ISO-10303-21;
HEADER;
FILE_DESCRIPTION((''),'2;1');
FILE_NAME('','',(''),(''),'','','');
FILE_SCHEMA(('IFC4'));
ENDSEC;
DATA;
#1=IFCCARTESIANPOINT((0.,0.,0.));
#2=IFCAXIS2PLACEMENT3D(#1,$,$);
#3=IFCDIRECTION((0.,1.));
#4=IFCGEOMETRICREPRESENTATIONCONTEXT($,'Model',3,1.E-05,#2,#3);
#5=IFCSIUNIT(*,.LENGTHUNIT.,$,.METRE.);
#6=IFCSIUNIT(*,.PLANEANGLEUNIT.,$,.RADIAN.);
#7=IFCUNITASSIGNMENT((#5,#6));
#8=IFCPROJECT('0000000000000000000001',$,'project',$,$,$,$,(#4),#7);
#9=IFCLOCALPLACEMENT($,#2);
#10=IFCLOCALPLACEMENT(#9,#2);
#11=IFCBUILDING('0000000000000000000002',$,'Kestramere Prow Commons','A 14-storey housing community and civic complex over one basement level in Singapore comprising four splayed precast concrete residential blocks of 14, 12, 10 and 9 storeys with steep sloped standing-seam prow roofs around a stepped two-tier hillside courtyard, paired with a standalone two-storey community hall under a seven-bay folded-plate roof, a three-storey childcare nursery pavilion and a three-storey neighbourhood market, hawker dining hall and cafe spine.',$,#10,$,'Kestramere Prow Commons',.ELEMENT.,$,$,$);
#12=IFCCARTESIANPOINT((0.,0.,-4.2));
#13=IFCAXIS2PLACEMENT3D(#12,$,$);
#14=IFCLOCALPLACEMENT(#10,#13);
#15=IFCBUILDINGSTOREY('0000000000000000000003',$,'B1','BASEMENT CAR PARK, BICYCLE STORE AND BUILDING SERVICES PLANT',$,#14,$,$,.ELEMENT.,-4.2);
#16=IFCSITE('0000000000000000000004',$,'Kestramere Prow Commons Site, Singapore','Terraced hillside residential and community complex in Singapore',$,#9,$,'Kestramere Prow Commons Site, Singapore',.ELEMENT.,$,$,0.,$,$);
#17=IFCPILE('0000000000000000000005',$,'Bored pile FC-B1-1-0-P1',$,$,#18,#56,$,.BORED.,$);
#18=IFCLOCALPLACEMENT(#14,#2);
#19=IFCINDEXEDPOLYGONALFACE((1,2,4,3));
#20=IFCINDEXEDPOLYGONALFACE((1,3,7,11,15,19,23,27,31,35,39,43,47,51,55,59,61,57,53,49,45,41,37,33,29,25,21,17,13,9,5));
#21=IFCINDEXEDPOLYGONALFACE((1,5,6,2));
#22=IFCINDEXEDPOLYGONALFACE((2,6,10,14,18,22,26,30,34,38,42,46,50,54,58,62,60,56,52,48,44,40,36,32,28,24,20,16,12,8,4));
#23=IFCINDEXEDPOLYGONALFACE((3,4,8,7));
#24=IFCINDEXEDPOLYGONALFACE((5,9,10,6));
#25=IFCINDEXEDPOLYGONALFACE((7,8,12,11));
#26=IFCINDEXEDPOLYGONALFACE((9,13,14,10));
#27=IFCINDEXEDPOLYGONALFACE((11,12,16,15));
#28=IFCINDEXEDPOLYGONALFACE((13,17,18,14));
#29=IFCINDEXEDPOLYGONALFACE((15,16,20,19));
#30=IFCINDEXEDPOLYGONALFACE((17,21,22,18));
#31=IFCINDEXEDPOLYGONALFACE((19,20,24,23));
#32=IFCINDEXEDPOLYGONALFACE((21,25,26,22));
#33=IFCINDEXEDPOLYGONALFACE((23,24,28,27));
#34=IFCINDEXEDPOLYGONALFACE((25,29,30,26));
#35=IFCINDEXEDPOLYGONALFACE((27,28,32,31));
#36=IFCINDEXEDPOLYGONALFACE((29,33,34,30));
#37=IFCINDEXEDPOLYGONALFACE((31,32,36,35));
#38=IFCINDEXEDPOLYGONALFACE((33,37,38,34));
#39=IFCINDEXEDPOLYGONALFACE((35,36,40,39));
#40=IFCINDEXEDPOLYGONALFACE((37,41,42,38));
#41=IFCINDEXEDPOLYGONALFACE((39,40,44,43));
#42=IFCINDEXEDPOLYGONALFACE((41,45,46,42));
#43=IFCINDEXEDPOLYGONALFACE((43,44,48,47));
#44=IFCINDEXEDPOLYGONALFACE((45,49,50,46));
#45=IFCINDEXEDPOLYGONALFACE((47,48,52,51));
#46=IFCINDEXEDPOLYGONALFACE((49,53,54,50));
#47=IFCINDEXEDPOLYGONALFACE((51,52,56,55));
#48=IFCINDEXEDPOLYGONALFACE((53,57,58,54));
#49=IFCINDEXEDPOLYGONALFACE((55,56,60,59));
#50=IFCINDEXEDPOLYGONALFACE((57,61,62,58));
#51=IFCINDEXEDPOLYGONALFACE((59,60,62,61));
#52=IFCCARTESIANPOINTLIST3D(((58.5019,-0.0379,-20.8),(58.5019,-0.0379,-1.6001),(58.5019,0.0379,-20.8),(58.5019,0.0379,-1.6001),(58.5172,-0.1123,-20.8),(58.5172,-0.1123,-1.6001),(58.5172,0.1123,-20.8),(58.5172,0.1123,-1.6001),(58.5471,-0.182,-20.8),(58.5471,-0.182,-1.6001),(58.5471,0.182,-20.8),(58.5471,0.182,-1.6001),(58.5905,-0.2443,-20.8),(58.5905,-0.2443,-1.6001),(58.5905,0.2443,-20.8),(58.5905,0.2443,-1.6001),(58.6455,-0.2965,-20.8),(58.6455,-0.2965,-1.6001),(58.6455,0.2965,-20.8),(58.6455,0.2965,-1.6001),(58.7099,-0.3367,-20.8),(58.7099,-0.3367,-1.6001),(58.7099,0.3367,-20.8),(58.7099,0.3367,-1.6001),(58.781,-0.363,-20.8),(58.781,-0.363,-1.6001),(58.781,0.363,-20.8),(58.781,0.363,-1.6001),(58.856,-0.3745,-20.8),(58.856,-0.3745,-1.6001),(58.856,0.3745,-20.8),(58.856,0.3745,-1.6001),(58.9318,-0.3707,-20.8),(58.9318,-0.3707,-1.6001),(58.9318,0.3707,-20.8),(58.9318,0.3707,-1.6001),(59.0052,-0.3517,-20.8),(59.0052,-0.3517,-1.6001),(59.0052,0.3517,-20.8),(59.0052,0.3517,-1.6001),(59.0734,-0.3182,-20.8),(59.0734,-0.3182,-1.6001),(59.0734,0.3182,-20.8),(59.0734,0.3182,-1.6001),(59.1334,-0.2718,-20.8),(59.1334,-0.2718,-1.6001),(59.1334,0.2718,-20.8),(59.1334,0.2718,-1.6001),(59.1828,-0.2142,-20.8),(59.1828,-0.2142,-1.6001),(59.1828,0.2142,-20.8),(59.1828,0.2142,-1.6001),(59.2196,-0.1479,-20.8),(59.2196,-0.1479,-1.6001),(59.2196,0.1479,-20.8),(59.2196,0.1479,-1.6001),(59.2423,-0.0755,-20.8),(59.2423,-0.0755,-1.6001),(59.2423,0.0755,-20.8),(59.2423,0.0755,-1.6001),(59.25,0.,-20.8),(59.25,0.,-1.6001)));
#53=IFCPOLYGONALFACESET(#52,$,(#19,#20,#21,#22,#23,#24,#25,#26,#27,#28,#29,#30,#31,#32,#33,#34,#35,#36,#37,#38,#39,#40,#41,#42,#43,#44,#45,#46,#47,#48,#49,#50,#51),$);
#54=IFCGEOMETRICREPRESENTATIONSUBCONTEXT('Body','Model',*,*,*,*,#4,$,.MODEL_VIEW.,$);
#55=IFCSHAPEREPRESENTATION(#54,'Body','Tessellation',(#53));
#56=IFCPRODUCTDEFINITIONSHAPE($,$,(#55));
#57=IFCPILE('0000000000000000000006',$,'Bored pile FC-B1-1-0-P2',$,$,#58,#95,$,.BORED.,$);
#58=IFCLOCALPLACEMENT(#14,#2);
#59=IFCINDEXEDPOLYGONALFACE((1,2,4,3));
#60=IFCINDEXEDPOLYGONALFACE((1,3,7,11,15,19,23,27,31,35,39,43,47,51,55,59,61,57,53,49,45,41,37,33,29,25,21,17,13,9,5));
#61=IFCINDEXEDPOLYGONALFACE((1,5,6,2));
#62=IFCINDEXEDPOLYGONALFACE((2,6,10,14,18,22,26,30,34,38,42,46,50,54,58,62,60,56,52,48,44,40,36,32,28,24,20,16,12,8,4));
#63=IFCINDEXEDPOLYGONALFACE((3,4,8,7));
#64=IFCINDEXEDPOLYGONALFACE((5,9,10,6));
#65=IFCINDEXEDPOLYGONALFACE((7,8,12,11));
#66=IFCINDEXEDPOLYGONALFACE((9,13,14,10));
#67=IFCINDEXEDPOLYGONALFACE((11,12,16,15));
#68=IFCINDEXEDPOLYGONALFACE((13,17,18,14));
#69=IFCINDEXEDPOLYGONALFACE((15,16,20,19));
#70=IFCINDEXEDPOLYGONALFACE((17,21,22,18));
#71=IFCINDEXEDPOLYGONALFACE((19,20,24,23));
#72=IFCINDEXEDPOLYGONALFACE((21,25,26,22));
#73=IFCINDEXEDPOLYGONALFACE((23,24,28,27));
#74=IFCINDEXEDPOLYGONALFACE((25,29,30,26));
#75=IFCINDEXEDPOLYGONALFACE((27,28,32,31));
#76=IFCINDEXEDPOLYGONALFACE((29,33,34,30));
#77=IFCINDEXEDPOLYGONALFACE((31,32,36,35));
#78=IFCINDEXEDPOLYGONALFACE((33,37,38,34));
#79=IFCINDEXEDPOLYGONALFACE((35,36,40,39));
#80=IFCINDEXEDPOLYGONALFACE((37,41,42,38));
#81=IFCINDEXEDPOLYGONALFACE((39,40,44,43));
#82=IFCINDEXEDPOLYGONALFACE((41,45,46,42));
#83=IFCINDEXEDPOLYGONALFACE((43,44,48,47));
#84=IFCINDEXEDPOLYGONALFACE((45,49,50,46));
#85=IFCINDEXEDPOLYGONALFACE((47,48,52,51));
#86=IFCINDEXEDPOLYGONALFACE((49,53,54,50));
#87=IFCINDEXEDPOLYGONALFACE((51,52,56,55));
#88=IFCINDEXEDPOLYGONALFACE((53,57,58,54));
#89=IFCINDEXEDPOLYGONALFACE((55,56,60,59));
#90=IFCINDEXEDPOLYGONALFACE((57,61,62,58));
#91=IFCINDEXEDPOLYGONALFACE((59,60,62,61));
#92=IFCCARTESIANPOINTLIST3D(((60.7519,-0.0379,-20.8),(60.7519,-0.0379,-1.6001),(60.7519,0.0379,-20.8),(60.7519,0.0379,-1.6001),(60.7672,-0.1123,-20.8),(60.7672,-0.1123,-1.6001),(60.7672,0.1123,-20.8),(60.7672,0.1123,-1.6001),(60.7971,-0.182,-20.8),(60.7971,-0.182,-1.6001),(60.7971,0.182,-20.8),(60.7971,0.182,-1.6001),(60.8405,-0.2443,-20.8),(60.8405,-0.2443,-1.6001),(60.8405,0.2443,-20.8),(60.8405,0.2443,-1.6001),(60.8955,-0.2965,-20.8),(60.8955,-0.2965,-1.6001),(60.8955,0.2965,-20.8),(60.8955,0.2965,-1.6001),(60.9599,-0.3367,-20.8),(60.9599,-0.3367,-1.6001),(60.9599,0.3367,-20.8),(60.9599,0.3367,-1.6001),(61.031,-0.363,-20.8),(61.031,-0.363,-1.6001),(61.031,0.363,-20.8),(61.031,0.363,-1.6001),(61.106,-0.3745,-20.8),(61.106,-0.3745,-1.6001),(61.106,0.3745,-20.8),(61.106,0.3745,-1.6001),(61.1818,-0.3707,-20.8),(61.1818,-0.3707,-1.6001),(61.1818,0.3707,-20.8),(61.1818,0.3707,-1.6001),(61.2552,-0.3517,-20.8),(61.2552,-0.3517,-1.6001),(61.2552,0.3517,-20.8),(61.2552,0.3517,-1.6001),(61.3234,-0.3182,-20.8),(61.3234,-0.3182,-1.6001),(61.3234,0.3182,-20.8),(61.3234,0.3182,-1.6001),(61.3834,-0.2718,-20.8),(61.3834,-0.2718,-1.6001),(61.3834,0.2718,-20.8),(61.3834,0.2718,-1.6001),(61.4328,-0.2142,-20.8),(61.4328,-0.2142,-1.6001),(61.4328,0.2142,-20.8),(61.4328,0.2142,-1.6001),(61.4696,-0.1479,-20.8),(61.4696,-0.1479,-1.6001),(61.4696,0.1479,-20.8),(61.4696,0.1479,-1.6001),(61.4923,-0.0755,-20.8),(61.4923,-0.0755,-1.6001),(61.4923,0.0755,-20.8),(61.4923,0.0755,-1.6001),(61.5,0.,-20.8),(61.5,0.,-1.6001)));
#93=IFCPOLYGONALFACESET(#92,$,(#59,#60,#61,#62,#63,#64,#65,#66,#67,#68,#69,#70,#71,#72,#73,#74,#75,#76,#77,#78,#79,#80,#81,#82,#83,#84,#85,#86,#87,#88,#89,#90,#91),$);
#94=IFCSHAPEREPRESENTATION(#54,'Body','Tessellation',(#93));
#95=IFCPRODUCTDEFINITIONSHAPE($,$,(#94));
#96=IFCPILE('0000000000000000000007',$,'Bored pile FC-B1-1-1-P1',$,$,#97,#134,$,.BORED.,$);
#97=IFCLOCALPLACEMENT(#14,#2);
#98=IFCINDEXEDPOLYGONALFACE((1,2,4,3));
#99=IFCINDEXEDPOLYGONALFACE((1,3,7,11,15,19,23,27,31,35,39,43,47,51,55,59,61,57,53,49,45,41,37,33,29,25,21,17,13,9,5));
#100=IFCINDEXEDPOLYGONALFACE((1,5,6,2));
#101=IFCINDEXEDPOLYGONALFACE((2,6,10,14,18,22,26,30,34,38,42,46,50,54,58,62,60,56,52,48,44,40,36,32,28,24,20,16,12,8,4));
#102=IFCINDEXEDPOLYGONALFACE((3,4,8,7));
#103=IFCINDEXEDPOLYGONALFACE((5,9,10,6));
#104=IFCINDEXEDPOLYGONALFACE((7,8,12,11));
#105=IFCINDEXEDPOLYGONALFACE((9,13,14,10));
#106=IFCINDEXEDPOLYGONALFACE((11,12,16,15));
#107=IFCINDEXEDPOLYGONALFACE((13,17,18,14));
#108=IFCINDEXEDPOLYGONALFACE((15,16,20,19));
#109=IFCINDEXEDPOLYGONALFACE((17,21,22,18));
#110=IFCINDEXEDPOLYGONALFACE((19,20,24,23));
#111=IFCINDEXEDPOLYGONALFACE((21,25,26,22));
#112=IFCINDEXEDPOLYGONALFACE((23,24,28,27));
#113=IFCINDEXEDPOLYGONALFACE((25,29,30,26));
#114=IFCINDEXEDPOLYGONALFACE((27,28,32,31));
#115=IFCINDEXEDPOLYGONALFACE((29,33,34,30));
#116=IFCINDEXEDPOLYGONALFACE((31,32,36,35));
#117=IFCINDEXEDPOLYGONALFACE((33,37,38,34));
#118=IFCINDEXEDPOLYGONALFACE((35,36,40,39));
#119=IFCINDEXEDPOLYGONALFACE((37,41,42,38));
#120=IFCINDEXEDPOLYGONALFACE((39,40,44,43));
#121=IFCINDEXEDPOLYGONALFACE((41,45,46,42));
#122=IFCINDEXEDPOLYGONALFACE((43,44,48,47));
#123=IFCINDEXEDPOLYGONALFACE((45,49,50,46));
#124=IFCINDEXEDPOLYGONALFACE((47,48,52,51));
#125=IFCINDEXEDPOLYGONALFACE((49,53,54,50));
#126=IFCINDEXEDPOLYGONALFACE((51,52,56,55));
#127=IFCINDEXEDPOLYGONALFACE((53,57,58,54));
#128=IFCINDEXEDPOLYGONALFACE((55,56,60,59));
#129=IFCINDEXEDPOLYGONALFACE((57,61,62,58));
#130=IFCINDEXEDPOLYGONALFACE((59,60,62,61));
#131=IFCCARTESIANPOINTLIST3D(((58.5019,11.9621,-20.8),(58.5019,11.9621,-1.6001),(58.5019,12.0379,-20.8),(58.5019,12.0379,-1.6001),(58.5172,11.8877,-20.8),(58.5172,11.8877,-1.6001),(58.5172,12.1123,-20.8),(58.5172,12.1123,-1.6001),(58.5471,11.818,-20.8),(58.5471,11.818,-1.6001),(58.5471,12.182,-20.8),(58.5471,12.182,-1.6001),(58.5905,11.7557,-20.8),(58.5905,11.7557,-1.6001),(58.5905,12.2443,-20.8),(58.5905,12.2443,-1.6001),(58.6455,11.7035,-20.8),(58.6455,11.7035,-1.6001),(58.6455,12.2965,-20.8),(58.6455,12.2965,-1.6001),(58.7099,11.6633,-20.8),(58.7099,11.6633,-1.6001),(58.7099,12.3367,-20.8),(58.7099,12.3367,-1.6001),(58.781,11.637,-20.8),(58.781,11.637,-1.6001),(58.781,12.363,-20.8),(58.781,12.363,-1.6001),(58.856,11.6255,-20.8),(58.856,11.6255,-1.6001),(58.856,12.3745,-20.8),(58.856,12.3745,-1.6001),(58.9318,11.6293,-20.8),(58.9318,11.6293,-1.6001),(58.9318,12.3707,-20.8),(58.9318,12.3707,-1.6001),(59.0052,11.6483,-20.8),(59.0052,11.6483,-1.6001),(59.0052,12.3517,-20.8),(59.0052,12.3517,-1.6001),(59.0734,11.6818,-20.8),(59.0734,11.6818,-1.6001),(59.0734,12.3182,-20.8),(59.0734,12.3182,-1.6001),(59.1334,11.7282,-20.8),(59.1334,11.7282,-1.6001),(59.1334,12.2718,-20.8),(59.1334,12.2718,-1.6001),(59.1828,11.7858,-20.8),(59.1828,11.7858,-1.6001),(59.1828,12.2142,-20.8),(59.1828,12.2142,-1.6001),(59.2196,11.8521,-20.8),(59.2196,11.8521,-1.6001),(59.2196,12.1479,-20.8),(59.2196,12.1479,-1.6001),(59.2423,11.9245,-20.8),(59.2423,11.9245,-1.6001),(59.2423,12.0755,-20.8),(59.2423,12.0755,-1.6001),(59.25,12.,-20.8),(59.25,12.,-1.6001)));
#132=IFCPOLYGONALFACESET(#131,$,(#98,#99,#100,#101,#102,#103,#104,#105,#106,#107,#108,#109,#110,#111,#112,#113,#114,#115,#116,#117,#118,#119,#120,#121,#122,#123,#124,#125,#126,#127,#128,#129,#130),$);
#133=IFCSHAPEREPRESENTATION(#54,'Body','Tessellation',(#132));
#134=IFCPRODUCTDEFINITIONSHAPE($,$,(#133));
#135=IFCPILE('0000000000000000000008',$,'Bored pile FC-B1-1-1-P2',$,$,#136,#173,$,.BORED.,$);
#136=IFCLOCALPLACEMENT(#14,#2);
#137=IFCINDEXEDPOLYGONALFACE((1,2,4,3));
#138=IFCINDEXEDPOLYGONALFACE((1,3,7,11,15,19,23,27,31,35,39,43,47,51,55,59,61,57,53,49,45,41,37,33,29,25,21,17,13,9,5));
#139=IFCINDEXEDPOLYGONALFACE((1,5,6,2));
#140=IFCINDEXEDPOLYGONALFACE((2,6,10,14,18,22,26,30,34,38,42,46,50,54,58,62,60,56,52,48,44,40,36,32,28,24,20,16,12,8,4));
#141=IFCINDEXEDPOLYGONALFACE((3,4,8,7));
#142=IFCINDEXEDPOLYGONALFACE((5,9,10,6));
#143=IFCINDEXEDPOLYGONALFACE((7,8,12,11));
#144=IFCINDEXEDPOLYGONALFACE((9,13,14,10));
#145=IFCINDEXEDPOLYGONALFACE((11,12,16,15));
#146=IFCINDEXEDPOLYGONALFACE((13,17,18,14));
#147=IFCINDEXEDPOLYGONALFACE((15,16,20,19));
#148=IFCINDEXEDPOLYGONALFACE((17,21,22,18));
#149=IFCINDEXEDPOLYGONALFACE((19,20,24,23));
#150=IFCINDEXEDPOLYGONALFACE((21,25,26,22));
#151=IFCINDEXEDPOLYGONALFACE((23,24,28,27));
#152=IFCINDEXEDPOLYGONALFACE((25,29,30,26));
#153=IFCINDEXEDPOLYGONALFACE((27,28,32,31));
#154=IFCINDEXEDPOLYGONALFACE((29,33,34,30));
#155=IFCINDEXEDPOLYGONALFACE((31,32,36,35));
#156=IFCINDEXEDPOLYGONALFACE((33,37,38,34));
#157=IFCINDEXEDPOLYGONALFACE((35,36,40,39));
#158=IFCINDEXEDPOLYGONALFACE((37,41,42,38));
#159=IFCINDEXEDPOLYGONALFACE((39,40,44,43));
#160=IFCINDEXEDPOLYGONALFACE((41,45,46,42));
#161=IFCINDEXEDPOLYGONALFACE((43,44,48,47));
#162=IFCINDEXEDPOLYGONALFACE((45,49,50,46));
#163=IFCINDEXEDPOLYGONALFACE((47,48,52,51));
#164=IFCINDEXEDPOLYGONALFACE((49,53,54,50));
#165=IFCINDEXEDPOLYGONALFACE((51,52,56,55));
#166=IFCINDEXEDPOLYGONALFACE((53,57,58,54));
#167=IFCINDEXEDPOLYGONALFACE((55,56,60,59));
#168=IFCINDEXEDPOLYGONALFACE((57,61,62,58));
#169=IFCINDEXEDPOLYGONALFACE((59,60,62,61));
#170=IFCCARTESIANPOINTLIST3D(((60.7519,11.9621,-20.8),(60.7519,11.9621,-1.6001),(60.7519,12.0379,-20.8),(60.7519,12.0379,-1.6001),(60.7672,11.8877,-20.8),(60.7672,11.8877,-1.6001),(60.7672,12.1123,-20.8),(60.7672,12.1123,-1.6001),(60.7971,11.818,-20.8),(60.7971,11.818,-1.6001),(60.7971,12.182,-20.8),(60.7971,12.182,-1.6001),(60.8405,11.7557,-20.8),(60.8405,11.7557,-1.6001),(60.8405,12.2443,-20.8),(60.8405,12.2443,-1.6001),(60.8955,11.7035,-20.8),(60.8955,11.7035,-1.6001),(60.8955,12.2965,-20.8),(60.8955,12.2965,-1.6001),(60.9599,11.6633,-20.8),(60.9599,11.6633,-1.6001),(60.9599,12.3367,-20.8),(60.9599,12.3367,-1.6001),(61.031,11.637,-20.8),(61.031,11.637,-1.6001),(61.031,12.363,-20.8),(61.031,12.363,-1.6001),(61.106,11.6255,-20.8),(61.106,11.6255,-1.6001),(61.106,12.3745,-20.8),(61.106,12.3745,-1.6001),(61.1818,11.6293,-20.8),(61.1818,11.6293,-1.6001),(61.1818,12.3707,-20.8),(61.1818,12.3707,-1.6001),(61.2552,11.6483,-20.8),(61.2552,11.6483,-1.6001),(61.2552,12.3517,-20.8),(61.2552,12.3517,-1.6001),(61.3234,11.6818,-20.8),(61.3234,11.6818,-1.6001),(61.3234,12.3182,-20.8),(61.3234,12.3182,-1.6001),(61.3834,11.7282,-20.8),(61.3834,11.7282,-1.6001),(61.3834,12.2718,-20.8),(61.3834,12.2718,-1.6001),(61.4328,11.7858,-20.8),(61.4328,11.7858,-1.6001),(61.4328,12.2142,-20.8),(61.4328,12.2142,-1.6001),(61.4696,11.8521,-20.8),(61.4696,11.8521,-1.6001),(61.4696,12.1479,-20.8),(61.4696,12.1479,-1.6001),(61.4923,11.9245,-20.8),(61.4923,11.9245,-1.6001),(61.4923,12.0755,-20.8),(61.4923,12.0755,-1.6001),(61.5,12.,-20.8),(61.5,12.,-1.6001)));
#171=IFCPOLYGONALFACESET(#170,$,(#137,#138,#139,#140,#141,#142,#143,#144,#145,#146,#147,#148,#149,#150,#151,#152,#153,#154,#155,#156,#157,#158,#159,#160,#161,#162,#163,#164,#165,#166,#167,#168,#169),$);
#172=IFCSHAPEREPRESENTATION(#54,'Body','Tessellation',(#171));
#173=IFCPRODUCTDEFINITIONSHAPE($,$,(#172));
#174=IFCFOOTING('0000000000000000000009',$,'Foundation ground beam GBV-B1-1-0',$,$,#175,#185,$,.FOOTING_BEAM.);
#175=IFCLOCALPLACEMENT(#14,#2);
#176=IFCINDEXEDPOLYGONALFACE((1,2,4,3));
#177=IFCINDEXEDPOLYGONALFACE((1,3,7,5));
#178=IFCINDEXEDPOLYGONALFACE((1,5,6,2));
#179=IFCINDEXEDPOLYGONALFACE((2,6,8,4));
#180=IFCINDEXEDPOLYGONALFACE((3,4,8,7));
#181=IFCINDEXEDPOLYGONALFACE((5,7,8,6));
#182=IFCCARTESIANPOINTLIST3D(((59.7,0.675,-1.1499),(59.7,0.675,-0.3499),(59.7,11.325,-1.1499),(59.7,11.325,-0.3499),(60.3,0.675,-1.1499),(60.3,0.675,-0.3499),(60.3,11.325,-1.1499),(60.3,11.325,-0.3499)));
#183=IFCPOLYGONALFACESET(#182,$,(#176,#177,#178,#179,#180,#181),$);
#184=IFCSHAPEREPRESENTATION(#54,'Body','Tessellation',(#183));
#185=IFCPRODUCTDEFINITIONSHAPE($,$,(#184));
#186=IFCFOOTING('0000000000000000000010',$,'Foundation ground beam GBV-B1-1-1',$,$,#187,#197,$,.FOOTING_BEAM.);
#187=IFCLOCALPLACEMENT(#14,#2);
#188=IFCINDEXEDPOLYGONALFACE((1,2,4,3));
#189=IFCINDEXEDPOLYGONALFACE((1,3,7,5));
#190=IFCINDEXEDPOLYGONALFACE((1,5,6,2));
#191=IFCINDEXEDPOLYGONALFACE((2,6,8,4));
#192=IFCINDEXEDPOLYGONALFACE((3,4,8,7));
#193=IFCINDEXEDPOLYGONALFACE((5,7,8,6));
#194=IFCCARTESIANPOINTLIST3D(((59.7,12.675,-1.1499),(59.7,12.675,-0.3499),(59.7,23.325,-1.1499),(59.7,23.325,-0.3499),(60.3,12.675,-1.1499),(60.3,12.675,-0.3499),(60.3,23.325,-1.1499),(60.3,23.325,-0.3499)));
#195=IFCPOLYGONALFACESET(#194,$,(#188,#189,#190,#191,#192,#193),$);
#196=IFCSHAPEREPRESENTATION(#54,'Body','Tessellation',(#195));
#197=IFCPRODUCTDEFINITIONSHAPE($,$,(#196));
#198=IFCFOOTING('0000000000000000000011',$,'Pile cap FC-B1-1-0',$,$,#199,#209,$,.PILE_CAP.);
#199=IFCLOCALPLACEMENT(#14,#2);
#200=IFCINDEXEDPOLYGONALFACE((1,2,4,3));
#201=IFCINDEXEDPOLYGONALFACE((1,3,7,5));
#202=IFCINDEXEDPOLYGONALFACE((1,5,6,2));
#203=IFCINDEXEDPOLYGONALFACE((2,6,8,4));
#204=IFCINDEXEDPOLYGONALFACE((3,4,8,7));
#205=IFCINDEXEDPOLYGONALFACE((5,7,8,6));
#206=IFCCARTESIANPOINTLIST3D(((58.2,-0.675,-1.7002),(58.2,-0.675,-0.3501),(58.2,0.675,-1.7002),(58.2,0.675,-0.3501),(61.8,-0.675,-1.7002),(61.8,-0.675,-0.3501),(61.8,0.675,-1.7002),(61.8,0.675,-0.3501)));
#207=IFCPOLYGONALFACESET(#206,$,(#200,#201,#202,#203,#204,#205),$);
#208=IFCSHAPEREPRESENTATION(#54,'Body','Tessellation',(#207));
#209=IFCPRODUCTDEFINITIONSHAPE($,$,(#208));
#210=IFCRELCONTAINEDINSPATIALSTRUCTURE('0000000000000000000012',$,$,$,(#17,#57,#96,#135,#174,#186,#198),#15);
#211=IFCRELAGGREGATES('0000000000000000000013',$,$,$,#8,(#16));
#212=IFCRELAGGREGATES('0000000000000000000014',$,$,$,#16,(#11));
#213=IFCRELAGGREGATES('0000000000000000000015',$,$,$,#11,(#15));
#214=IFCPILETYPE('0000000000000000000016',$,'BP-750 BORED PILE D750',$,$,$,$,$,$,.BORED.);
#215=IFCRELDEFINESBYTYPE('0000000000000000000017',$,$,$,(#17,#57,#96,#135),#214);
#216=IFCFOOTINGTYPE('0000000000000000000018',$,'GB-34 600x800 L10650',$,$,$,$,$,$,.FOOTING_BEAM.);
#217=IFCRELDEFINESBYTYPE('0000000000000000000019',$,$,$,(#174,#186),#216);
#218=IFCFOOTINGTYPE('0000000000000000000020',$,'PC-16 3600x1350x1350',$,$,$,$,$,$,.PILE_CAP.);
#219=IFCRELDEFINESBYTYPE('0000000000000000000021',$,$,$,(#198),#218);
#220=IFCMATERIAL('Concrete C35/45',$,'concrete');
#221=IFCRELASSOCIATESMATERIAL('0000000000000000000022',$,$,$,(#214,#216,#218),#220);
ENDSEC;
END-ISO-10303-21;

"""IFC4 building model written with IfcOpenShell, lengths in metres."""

from ifc_helpers import new_model, si_unit, direction, frame, origin, origin_2d, place, context, subcontext, project, spatial, rectangle, circle, extrude, material, material_profile, profile_set, type_object, element, save


model = new_model("IFC4")

# Units and contexts
model_context = context("Model", 3, precision=1e-05, world=origin(), true_north=direction((0.0, 1.0)))
body_context = subcontext(model_context, "Body", "Model", "MODEL_VIEW")
ifc_project = project(units=[si_unit("LENGTHUNIT", "METRE"), si_unit("PLANEANGLEUNIT", "RADIAN")], contexts=[model_context])

# Site, building, storey
site_placement = place(None, origin())
site = spatial("IfcSite", under=ifc_project, at=site_placement, Name="Kestramere Prow Commons Site, Singapore", Description="Terraced hillside residential and community complex in Singapore", LongName="Kestramere Prow Commons Site, Singapore", CompositionType="ELEMENT", RefElevation=0.0)
building_placement = place(site_placement, origin())
building = spatial("IfcBuilding", under=site, at=building_placement, Name="Kestramere Prow Commons", Description="A 14-storey housing community and civic complex over one basement level in Singapore comprising four splayed precast concrete residential blocks of 14, 12, 10 and 9 storeys with steep sloped standing-seam prow roofs around a stepped two-tier hillside courtyard, paired with a standalone two-storey community hall under a seven-bay folded-plate roof, a three-storey childcare nursery pavilion and a three-storey neighbourhood market, hawker dining hall and cafe spine.", LongName="Kestramere Prow Commons", CompositionType="ELEMENT")
storey_placement = place(building_placement, frame((0.0, 0.0, -4.2)))
storey = spatial("IfcBuildingStorey", under=building, at=storey_placement, Name="B1", Description="BASEMENT CAR PARK, BICYCLE STORE AND BUILDING SERVICES PLANT", CompositionType="ELEMENT", Elevation=-4.2)

# Piles
ifc_material_1 = material(Name="Concrete C35/45", Category="concrete")
ifc_material_profile_1 = material_profile(ifc_material_1, circle(Radius=0.375, at=origin_2d()), Name="BORED PILE D750")
ifc_profile_set_1 = profile_set([ifc_material_profile_1], Name="Concrete C35/45")
pile_type = type_object("IfcPileType", Name="BP-750 BORED PILE D750", PredefinedType="BORED", material=ifc_profile_set_1)
for number, where, z_axis, x_axis, name in (
    (1, (58.875, 0.0, -1.6001), (0.0, 0.0, -1.0), (1.0, 0.0, 0.0), "Bored pile FC-B1-1-0-P1"),
    (2, (61.125, 0.0, -1.6001), (0.0, 0.0, -1.0), (1.0, 0.0, 0.0), "Bored pile FC-B1-1-0-P2"),
    (3, (58.875, 12.0, -1.6001), (0.0, 0.0, -1.0), (1.0, 0.0, 0.0), "Bored pile FC-B1-1-1-P1"),
    (4, (61.125, 12.0, -1.6001), (0.0, 0.0, -1.0), (1.0, 0.0, 0.0), "Bored pile FC-B1-1-1-P2"),
):
    element("IfcPile", number, at=place(storey_placement, frame(where, z_axis=z_axis, x_axis=x_axis)), inside=storey, type_object=pile_type, Name=name, PredefinedType="BORED", context=body_context, shape_type="SweptSolid", body=[
        extrude(circle(Radius=0.375, at=origin_2d()), origin(), (0.0, 0.0, 1.0), 19.2),
    ])

# Footings
footing_type_1 = type_object("IfcFootingType", Name="GB-34 600x800 L10650", PredefinedType="FOOTING_BEAM", material=ifc_material_1)
for number, where, z_axis, x_axis, name in (
    (5, (60.0, 6.0, -1.1499), (0.0, 0.0, 1.0), (0.0, 1.0, 0.0), "Foundation ground beam GBV-B1-1-0"),
    (6, (60.0, 18.0, -1.1499), (0.0, 0.0, 1.0), (0.0, 1.0, 0.0), "Foundation ground beam GBV-B1-1-1"),
):
    element("IfcFooting", number, at=place(storey_placement, frame(where, z_axis=z_axis, x_axis=x_axis)), inside=storey, type_object=footing_type_1, Name=name, PredefinedType="FOOTING_BEAM", context=body_context, shape_type="SweptSolid", body=[
        extrude(rectangle(XDim=10.6499, YDim=0.6001, at=origin_2d()), origin(), (0.0, 0.0, 1.0), 0.8),
    ])
footing_type_2 = type_object("IfcFootingType", Name="PC-16 3600x1350x1350", PredefinedType="PILE_CAP", material=ifc_material_1)
for number, where, z_axis, x_axis, name in (
    (7, (60.0, 0.0, -1.7002), (0.0, 0.0, 1.0), (1.0, 0.0, 0.0), "Pile cap FC-B1-1-0"),
):
    element("IfcFooting", number, at=place(storey_placement, frame(where, z_axis=z_axis, x_axis=x_axis)), inside=storey, type_object=footing_type_2, Name=name, PredefinedType="PILE_CAP", context=body_context, shape_type="SweptSolid", body=[
        extrude(rectangle(XDim=3.6001, YDim=1.3501, at=origin_2d()), origin(), (0.0, 0.0, 1.0), 1.3501),
    ])

save(model, "model.ifc")
